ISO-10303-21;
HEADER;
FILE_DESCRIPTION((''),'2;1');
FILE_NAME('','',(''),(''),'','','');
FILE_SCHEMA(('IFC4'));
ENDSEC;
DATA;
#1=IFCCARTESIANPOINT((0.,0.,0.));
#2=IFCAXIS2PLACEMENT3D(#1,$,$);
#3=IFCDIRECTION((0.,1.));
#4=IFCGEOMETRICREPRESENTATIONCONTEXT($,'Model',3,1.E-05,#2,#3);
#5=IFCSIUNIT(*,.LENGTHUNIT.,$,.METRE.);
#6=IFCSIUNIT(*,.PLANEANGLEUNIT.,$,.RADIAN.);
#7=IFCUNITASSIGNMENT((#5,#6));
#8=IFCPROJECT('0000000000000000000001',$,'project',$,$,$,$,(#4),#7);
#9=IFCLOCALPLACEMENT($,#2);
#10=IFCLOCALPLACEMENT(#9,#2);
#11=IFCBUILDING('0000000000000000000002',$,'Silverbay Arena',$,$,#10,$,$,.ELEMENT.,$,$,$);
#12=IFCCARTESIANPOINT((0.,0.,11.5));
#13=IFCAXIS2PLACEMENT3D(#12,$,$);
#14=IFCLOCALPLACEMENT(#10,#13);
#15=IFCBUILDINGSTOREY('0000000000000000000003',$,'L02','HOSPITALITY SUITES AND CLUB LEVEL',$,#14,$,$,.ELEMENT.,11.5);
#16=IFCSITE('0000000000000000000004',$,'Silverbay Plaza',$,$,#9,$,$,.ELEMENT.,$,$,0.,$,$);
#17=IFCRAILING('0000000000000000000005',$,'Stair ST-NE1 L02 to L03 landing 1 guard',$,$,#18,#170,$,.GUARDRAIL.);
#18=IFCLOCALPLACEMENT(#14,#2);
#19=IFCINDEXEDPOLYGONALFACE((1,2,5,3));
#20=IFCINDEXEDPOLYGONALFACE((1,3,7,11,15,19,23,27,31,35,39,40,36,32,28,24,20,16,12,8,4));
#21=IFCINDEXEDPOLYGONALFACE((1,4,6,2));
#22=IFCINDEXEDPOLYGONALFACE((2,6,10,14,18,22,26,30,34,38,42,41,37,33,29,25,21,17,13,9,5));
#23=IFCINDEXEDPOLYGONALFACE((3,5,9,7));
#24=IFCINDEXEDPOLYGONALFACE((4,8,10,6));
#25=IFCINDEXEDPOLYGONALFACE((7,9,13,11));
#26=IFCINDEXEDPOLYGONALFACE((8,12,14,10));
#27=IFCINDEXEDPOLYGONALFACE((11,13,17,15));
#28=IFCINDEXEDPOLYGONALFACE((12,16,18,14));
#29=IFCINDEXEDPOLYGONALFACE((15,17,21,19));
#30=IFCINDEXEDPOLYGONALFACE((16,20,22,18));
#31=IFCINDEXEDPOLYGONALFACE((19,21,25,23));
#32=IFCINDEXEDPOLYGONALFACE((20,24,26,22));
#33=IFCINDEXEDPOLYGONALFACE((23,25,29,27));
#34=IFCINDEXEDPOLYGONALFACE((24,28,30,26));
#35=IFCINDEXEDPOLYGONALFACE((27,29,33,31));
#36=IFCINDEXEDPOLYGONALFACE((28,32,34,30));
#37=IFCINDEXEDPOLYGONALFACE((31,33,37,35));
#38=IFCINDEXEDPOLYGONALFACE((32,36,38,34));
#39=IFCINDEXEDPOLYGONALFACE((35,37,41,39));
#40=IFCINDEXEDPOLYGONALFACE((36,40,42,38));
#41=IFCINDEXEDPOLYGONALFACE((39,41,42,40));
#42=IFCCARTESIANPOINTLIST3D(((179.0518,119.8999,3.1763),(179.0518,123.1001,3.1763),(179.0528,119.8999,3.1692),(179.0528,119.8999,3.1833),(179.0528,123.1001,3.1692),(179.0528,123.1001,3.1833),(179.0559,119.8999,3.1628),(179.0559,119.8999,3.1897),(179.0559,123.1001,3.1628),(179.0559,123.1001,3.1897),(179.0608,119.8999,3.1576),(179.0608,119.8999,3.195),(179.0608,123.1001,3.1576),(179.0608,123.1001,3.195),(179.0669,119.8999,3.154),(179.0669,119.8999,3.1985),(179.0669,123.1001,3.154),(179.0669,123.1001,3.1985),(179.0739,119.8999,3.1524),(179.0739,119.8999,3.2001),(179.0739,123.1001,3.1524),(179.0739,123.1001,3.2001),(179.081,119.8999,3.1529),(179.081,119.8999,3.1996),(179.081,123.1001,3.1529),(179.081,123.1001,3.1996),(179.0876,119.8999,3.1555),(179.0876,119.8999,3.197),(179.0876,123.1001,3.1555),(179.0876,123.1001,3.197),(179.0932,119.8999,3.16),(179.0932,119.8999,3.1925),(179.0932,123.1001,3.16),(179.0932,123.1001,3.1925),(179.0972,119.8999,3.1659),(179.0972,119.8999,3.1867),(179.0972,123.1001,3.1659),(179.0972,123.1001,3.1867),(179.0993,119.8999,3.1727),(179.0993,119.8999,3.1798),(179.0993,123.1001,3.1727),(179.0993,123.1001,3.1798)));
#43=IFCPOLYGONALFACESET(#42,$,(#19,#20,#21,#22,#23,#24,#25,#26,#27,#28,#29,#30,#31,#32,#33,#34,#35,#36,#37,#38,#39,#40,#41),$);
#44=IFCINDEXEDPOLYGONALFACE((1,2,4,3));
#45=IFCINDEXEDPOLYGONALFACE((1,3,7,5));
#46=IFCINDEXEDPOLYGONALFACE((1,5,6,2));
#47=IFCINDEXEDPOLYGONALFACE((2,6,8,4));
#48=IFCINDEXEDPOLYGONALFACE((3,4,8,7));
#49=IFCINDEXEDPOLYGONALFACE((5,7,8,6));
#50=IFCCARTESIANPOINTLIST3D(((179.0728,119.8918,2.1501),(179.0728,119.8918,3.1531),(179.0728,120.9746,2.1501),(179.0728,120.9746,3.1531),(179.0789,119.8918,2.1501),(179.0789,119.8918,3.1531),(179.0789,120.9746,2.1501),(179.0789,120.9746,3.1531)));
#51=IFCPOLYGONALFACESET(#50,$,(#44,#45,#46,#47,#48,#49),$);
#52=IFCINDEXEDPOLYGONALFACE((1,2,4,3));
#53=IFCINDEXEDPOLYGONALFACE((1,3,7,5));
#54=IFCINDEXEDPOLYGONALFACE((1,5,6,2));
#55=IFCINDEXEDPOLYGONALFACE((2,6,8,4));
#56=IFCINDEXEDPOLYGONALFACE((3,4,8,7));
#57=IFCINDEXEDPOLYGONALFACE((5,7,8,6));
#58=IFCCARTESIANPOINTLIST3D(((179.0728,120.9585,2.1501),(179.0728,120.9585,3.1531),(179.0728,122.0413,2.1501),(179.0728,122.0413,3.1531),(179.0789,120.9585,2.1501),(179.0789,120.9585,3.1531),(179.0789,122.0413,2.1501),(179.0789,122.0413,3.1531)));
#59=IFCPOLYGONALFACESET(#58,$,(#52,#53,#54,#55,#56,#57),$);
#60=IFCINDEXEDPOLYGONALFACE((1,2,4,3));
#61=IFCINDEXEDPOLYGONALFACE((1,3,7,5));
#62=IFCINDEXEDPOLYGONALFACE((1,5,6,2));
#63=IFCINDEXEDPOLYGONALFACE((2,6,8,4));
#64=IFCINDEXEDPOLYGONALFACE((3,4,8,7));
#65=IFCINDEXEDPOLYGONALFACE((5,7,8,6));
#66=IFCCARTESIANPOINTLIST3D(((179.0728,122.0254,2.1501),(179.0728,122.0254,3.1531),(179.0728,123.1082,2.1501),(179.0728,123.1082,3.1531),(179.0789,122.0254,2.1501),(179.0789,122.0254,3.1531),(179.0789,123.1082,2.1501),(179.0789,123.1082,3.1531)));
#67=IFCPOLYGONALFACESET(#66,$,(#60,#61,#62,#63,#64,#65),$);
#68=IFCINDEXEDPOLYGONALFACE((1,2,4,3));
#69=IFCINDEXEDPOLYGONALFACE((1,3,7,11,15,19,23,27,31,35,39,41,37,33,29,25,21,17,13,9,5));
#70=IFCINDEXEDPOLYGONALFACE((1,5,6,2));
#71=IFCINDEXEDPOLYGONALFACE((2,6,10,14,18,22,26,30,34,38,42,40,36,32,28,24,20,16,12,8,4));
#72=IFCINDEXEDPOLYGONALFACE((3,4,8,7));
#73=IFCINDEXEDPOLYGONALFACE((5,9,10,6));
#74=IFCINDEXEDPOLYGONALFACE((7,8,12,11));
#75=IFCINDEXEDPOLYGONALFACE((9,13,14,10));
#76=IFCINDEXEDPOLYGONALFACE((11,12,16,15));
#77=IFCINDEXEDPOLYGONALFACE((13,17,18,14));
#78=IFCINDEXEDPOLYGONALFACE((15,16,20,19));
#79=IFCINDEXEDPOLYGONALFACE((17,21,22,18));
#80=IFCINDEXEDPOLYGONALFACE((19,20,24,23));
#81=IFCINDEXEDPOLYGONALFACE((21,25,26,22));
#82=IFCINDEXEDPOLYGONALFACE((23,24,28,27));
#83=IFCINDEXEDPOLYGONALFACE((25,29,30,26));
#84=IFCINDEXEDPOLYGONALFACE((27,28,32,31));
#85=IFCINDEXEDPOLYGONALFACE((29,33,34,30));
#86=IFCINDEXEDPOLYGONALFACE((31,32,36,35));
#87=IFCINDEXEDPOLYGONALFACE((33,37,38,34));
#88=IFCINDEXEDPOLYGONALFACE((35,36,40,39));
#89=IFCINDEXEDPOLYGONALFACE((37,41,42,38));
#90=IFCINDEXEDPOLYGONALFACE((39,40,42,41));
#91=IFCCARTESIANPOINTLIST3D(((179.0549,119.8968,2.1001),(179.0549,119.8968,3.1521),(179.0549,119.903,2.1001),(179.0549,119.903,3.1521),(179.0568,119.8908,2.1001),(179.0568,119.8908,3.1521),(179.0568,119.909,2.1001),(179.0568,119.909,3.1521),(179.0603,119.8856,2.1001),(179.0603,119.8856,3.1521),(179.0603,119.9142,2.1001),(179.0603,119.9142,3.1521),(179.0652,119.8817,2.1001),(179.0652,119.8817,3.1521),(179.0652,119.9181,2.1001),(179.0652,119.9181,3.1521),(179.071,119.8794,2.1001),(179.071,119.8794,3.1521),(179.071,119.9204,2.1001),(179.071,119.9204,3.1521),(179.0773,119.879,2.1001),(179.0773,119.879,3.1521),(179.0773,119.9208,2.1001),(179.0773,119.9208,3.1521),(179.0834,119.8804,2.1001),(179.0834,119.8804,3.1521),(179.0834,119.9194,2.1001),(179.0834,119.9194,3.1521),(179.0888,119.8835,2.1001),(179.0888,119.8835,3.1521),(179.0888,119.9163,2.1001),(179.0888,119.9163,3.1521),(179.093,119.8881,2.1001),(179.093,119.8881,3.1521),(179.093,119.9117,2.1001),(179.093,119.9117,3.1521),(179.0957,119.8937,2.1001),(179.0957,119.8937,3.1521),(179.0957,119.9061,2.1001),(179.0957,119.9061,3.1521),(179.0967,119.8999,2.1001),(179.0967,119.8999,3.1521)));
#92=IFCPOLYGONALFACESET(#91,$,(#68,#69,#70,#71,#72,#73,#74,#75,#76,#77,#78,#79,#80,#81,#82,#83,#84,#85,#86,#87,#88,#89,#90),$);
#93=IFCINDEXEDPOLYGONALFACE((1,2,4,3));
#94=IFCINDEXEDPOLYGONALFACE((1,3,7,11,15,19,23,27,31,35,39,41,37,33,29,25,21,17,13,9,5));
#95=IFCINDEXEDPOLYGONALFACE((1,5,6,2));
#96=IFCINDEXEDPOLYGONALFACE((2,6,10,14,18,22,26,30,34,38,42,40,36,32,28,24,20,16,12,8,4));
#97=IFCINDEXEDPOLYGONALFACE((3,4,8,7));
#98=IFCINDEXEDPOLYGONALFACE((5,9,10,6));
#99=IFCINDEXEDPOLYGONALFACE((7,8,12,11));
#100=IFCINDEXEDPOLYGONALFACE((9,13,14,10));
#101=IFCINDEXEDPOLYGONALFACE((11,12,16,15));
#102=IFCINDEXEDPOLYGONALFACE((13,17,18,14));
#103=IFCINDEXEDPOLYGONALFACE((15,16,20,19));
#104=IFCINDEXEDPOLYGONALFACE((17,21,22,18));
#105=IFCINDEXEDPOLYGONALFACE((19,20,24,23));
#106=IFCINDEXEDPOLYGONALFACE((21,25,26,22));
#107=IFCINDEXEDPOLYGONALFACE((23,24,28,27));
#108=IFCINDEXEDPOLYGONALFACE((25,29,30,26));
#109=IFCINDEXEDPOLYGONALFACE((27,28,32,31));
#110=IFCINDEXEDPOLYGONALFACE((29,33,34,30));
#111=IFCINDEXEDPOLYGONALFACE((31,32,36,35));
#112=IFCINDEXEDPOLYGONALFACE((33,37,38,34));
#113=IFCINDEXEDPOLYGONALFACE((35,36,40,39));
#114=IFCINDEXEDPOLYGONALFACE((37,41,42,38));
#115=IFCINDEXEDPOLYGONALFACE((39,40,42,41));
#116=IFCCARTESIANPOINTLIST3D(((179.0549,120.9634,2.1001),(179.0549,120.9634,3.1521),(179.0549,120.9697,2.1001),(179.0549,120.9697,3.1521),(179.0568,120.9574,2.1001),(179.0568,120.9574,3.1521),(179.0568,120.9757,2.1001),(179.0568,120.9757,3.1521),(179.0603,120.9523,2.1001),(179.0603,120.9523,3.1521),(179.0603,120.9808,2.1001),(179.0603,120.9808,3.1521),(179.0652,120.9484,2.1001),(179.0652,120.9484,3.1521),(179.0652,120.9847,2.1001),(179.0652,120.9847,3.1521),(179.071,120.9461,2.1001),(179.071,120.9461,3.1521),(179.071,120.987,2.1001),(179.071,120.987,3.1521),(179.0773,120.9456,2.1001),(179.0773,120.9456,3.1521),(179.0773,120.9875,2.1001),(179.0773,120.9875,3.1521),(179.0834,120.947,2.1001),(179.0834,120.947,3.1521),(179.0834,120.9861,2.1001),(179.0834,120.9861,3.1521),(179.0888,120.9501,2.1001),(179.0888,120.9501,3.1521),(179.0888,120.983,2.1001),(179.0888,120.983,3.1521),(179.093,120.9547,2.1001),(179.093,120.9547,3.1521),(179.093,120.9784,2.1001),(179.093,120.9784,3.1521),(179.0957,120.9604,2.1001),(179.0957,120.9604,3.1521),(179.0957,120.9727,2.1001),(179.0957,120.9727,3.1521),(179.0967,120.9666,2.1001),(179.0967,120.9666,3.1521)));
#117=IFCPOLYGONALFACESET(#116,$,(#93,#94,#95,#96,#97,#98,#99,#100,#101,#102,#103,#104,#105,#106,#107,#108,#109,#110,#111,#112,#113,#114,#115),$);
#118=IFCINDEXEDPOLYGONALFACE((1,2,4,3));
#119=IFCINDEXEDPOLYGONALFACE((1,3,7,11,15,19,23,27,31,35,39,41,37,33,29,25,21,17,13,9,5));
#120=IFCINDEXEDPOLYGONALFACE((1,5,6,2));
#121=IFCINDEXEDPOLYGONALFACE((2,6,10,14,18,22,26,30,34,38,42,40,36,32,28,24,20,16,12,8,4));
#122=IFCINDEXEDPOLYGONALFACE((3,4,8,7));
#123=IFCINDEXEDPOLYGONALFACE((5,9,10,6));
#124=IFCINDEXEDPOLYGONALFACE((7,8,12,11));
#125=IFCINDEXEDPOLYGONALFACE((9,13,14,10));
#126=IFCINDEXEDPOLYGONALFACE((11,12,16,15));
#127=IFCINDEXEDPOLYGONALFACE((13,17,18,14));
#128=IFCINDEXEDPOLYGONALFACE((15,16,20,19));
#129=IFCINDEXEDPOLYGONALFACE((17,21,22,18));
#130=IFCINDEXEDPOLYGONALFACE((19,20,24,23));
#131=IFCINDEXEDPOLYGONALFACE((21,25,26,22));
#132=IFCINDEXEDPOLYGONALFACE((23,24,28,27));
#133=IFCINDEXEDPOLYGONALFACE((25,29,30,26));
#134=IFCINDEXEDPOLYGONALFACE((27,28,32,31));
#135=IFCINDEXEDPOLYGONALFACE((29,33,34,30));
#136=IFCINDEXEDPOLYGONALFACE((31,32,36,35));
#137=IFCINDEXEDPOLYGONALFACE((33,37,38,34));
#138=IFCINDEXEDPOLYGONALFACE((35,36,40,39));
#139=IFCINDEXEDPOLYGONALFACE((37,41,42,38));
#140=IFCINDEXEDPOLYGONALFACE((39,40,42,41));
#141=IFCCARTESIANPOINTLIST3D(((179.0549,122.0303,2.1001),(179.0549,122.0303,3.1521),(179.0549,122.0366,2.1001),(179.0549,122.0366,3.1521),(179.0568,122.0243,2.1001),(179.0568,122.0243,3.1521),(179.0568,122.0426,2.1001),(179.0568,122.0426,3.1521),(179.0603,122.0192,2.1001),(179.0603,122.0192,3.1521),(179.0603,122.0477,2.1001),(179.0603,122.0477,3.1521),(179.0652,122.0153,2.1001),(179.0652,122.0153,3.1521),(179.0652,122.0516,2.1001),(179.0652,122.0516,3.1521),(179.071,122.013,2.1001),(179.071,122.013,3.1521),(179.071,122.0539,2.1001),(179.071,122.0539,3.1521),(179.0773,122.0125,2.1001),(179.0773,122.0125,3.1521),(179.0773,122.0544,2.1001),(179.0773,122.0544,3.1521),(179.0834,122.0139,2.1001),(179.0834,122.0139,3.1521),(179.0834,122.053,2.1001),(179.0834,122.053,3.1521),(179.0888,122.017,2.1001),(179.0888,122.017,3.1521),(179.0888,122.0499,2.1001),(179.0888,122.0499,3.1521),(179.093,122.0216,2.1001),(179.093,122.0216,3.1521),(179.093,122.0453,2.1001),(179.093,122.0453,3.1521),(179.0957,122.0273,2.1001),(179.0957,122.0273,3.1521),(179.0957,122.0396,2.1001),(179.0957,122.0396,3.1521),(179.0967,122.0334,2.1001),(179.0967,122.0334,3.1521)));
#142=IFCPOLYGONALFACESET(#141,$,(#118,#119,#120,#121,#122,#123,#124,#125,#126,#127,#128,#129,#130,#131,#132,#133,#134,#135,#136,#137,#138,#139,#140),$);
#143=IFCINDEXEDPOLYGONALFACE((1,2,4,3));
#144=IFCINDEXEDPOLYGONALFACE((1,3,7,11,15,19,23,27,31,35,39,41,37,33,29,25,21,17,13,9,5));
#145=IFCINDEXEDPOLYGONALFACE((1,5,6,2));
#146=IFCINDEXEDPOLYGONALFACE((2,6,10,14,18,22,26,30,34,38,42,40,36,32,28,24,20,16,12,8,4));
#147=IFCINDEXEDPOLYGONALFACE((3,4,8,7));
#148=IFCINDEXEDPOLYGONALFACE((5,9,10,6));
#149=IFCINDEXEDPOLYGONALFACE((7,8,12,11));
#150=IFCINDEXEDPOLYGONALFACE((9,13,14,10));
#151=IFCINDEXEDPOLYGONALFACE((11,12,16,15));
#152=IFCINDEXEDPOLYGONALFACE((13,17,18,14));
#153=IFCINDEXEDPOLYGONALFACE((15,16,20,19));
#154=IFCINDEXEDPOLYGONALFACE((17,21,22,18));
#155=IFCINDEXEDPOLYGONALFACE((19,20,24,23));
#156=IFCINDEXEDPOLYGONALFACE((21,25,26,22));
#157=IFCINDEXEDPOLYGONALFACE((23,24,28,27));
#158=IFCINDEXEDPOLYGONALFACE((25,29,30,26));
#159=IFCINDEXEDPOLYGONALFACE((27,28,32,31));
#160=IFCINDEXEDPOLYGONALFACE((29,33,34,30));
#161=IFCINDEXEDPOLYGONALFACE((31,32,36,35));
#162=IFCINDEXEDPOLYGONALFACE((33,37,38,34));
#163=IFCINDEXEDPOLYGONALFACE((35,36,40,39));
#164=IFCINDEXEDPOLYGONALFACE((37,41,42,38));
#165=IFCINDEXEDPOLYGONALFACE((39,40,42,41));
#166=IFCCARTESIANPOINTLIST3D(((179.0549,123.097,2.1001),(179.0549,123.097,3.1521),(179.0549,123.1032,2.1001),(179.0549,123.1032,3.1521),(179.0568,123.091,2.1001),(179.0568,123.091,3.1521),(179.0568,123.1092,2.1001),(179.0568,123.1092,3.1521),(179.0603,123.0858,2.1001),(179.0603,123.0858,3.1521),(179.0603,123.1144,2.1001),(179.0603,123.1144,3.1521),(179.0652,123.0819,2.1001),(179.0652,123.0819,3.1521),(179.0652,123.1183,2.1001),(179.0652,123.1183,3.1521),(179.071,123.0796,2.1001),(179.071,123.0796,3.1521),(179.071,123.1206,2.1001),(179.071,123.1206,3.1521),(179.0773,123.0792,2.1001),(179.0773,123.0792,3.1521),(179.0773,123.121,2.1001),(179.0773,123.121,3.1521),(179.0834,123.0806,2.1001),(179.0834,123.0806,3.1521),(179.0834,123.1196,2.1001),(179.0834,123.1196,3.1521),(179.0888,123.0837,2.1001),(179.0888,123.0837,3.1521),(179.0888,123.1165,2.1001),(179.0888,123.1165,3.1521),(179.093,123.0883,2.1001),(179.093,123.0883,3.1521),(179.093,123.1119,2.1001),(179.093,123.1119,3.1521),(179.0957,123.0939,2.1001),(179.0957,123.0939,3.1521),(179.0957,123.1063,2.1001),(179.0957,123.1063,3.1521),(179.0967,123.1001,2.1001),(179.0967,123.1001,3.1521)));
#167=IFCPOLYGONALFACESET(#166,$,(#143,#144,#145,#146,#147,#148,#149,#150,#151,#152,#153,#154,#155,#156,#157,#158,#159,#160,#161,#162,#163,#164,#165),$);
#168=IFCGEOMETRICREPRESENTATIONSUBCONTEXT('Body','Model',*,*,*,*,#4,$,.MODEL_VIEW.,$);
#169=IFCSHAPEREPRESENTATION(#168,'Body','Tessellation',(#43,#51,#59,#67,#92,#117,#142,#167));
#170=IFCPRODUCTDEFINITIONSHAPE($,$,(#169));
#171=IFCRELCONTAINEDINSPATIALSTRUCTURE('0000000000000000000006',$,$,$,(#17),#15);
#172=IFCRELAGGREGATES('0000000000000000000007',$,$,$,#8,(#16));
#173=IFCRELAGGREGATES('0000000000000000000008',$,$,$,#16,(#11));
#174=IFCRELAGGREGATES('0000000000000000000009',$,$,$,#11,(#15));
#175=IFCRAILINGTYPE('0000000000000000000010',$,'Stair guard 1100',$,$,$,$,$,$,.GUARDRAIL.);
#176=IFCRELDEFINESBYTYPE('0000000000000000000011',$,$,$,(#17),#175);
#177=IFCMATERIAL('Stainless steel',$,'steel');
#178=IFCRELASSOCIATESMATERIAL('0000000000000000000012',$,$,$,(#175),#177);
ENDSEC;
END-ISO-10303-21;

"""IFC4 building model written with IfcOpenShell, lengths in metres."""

from ifc_helpers import new_model, si_unit, direction, frame, origin, origin_2d, place, context, subcontext, project, spatial, polyline, circle, outline, extrude, material, type_object, element, save


model = new_model("IFC4")

# Units and contexts
model_context = context("Model", 3, precision=1e-05, world=origin(), true_north=direction((0.0, 1.0)))
body_context = subcontext(model_context, "Body", "Model", "MODEL_VIEW")
ifc_project = project(units=[si_unit("LENGTHUNIT", "METRE"), si_unit("PLANEANGLEUNIT", "RADIAN")], contexts=[model_context])

# Site, building, storey
site_placement = place(None, origin())
site = spatial("IfcSite", under=ifc_project, at=site_placement, Name="Silverbay Plaza", CompositionType="ELEMENT", RefElevation=0.0)
building_placement = place(site_placement, origin())
building = spatial("IfcBuilding", under=site, at=building_placement, Name="Silverbay Arena", CompositionType="ELEMENT")
storey_placement = place(building_placement, frame((0.0, 0.0, 11.5)))
storey = spatial("IfcBuildingStorey", under=building, at=storey_placement, Name="L02", Description="HOSPITALITY SUITES AND CLUB LEVEL", CompositionType="ELEMENT", Elevation=11.5)

# Railing
ifc_material_1 = material(Name="Stainless steel", Category="steel")
railing_type_1 = type_object("IfcRailingType", Name="Stair guard 1100", PredefinedType="GUARDRAIL", material=ifc_material_1)
for number, where, name in (
    (1, (179.0757, 119.8999, 2.1001), "Stair ST-NE1 L02 to L03 landing 1 guard"),
):
    element("IfcRailing", number, at=place(storey_placement, frame(where)), inside=storey, type_object=railing_type_1, Name=name, PredefinedType="GUARDRAIL", context=body_context, shape_type="SweptSolid", body=[
        extrude(circle(Radius=0.0239, at=origin_2d()), frame((0.0, 0.0, 1.0762), z_axis=(0.0, 1.0, 0.0), x_axis=(-1.0, 0.0, 0.0)), (0.0, 0.0, 1.0), 3.2002),
        extrude(outline(polyline([(-0.0081, 0.05), (1.0747, 0.05), (1.0747, 1.053), (-0.0081, 1.053), (-0.0081, 0.05)])), frame((-0.0029, 0.0, 0.0), z_axis=(1.0, 0.0, 0.0), x_axis=(0.0, 1.0, 0.0)), (0.0, 0.0, 1.0), 0.0061),
        extrude(outline(polyline([(-0.0081, 0.05), (1.0747, 0.05), (1.0747, 1.053), (-0.0081, 1.053), (-0.0081, 0.05)])), frame((-0.0029, 1.0667, 0.0), z_axis=(1.0, 0.0, 0.0), x_axis=(0.0, 1.0, 0.0)), (0.0, 0.0, 1.0), 0.0061),
        extrude(outline(polyline([(-0.0081, 0.05), (1.0747, 0.05), (1.0747, 1.053), (-0.0081, 1.053), (-0.0081, 0.05)])), frame((-0.0029, 2.1335, 0.0), z_axis=(1.0, 0.0, 0.0), x_axis=(0.0, 1.0, 0.0)), (0.0, 0.0, 1.0), 0.0061),
        extrude(circle(Radius=0.021, at=origin_2d()), origin(), (0.0, 0.0, 1.0), 1.052),
        extrude(circle(Radius=0.021, at=origin_2d()), frame((0.0, 1.0667, 0.0)), (0.0, 0.0, 1.0), 1.052),
        extrude(circle(Radius=0.021, at=origin_2d()), frame((0.0, 2.1335, 0.0)), (0.0, 0.0, 1.0), 1.052),
        extrude(circle(Radius=0.021, at=origin_2d()), frame((0.0, 3.2002, 0.0)), (0.0, 0.0, 1.0), 1.052),
    ])

save(model, "model.ifc")
